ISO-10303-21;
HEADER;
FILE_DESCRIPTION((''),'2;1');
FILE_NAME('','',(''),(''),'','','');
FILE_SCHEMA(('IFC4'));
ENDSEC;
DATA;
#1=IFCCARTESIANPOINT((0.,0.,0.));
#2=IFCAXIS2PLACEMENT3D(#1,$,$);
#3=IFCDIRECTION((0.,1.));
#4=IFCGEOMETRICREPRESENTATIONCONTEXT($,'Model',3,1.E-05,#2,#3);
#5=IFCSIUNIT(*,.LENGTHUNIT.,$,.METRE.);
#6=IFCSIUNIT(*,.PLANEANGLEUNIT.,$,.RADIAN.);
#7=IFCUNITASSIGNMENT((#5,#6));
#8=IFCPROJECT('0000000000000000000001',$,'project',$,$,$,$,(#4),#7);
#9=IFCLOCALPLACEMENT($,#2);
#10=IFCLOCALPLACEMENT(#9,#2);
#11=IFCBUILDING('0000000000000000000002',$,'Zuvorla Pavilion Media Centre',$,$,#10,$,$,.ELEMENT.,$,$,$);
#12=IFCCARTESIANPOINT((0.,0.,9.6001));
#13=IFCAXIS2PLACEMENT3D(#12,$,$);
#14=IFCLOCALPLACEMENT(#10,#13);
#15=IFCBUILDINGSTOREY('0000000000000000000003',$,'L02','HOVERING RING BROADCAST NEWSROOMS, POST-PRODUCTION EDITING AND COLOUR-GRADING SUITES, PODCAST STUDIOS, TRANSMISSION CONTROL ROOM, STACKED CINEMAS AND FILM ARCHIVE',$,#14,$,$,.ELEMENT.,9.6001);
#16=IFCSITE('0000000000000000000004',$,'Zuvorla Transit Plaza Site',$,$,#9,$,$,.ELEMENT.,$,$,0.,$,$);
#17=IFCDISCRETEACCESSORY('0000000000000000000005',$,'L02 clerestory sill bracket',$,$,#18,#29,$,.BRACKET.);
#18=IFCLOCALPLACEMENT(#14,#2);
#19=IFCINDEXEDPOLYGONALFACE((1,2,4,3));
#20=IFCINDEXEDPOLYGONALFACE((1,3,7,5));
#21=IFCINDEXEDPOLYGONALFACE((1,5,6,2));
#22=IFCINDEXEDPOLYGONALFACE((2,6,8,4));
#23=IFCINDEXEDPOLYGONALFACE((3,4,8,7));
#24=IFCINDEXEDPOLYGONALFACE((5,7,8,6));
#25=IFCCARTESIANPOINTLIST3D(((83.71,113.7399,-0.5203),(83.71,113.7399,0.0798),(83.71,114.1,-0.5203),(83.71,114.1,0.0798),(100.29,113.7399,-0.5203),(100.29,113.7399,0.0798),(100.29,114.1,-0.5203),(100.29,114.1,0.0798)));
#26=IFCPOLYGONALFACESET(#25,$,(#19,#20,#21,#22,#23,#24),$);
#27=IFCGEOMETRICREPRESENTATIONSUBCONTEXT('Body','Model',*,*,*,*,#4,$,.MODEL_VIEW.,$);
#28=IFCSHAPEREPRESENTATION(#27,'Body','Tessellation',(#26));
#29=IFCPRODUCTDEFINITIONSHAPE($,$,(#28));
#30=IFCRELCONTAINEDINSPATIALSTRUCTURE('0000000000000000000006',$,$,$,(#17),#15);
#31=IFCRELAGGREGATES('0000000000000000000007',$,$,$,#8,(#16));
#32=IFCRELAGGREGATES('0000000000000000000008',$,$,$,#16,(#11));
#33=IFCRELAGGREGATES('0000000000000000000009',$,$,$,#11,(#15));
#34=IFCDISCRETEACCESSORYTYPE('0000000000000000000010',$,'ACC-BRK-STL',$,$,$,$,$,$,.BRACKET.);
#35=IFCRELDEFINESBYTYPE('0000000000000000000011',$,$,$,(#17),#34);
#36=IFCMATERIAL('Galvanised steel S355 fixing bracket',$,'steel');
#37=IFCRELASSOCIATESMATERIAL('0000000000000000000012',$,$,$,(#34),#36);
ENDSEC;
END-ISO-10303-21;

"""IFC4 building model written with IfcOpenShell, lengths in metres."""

from ifc_helpers import new_model, si_unit, direction, frame, origin, origin_2d, place, context, subcontext, project, spatial, rectangle, extrude, material, type_object, element, save


model = new_model("IFC4")

# Units and contexts
model_context = context("Model", 3, precision=1e-05, world=origin(), true_north=direction((0.0, 1.0)))
body_context = subcontext(model_context, "Body", "Model", "MODEL_VIEW")
ifc_project = project(units=[si_unit("LENGTHUNIT", "METRE"), si_unit("PLANEANGLEUNIT", "RADIAN")], contexts=[model_context])

# Site, building, storey
site_placement = place(None, origin())
site = spatial("IfcSite", under=ifc_project, at=site_placement, Name="Zuvorla Transit Plaza Site", CompositionType="ELEMENT", RefElevation=0.0)
building_placement = place(site_placement, origin())
building = spatial("IfcBuilding", under=site, at=building_placement, Name="Zuvorla Pavilion Media Centre", CompositionType="ELEMENT")
storey_placement = place(building_placement, frame((0.0, 0.0, 9.6001)))
storey = spatial("IfcBuildingStorey", under=building, at=storey_placement, Name="L02", Description="HOVERING RING BROADCAST NEWSROOMS, POST-PRODUCTION EDITING AND COLOUR-GRADING SUITES, PODCAST STUDIOS, TRANSMISSION CONTROL ROOM, STACKED CINEMAS AND FILM ARCHIVE", CompositionType="ELEMENT", Elevation=9.6001)

# Discrete accessory
ifc_material_1 = material(Name="Galvanised steel S355 fixing bracket", Category="steel")
discrete_accessory_type = type_object("IfcDiscreteAccessoryType", Name="ACC-BRK-STL", PredefinedType="BRACKET", material=ifc_material_1)
discrete_accessory_placement = place(storey_placement, frame((92.0, 113.9199, -0.5203), z_axis=(0.0, 0.0, 1.0), x_axis=(1.0, 0.0, 0.0)))
element("IfcDiscreteAccessory", 1, at=discrete_accessory_placement, inside=storey, type_object=discrete_accessory_type, Name="L02 clerestory sill bracket", PredefinedType="BRACKET", context=body_context, shape_type="SweptSolid", body=[
    extrude(rectangle(XDim=16.5801, YDim=0.3601, at=origin_2d()), origin(), (0.0, 0.0, 1.0), 0.6001),
])

save(model, "model.ifc")
